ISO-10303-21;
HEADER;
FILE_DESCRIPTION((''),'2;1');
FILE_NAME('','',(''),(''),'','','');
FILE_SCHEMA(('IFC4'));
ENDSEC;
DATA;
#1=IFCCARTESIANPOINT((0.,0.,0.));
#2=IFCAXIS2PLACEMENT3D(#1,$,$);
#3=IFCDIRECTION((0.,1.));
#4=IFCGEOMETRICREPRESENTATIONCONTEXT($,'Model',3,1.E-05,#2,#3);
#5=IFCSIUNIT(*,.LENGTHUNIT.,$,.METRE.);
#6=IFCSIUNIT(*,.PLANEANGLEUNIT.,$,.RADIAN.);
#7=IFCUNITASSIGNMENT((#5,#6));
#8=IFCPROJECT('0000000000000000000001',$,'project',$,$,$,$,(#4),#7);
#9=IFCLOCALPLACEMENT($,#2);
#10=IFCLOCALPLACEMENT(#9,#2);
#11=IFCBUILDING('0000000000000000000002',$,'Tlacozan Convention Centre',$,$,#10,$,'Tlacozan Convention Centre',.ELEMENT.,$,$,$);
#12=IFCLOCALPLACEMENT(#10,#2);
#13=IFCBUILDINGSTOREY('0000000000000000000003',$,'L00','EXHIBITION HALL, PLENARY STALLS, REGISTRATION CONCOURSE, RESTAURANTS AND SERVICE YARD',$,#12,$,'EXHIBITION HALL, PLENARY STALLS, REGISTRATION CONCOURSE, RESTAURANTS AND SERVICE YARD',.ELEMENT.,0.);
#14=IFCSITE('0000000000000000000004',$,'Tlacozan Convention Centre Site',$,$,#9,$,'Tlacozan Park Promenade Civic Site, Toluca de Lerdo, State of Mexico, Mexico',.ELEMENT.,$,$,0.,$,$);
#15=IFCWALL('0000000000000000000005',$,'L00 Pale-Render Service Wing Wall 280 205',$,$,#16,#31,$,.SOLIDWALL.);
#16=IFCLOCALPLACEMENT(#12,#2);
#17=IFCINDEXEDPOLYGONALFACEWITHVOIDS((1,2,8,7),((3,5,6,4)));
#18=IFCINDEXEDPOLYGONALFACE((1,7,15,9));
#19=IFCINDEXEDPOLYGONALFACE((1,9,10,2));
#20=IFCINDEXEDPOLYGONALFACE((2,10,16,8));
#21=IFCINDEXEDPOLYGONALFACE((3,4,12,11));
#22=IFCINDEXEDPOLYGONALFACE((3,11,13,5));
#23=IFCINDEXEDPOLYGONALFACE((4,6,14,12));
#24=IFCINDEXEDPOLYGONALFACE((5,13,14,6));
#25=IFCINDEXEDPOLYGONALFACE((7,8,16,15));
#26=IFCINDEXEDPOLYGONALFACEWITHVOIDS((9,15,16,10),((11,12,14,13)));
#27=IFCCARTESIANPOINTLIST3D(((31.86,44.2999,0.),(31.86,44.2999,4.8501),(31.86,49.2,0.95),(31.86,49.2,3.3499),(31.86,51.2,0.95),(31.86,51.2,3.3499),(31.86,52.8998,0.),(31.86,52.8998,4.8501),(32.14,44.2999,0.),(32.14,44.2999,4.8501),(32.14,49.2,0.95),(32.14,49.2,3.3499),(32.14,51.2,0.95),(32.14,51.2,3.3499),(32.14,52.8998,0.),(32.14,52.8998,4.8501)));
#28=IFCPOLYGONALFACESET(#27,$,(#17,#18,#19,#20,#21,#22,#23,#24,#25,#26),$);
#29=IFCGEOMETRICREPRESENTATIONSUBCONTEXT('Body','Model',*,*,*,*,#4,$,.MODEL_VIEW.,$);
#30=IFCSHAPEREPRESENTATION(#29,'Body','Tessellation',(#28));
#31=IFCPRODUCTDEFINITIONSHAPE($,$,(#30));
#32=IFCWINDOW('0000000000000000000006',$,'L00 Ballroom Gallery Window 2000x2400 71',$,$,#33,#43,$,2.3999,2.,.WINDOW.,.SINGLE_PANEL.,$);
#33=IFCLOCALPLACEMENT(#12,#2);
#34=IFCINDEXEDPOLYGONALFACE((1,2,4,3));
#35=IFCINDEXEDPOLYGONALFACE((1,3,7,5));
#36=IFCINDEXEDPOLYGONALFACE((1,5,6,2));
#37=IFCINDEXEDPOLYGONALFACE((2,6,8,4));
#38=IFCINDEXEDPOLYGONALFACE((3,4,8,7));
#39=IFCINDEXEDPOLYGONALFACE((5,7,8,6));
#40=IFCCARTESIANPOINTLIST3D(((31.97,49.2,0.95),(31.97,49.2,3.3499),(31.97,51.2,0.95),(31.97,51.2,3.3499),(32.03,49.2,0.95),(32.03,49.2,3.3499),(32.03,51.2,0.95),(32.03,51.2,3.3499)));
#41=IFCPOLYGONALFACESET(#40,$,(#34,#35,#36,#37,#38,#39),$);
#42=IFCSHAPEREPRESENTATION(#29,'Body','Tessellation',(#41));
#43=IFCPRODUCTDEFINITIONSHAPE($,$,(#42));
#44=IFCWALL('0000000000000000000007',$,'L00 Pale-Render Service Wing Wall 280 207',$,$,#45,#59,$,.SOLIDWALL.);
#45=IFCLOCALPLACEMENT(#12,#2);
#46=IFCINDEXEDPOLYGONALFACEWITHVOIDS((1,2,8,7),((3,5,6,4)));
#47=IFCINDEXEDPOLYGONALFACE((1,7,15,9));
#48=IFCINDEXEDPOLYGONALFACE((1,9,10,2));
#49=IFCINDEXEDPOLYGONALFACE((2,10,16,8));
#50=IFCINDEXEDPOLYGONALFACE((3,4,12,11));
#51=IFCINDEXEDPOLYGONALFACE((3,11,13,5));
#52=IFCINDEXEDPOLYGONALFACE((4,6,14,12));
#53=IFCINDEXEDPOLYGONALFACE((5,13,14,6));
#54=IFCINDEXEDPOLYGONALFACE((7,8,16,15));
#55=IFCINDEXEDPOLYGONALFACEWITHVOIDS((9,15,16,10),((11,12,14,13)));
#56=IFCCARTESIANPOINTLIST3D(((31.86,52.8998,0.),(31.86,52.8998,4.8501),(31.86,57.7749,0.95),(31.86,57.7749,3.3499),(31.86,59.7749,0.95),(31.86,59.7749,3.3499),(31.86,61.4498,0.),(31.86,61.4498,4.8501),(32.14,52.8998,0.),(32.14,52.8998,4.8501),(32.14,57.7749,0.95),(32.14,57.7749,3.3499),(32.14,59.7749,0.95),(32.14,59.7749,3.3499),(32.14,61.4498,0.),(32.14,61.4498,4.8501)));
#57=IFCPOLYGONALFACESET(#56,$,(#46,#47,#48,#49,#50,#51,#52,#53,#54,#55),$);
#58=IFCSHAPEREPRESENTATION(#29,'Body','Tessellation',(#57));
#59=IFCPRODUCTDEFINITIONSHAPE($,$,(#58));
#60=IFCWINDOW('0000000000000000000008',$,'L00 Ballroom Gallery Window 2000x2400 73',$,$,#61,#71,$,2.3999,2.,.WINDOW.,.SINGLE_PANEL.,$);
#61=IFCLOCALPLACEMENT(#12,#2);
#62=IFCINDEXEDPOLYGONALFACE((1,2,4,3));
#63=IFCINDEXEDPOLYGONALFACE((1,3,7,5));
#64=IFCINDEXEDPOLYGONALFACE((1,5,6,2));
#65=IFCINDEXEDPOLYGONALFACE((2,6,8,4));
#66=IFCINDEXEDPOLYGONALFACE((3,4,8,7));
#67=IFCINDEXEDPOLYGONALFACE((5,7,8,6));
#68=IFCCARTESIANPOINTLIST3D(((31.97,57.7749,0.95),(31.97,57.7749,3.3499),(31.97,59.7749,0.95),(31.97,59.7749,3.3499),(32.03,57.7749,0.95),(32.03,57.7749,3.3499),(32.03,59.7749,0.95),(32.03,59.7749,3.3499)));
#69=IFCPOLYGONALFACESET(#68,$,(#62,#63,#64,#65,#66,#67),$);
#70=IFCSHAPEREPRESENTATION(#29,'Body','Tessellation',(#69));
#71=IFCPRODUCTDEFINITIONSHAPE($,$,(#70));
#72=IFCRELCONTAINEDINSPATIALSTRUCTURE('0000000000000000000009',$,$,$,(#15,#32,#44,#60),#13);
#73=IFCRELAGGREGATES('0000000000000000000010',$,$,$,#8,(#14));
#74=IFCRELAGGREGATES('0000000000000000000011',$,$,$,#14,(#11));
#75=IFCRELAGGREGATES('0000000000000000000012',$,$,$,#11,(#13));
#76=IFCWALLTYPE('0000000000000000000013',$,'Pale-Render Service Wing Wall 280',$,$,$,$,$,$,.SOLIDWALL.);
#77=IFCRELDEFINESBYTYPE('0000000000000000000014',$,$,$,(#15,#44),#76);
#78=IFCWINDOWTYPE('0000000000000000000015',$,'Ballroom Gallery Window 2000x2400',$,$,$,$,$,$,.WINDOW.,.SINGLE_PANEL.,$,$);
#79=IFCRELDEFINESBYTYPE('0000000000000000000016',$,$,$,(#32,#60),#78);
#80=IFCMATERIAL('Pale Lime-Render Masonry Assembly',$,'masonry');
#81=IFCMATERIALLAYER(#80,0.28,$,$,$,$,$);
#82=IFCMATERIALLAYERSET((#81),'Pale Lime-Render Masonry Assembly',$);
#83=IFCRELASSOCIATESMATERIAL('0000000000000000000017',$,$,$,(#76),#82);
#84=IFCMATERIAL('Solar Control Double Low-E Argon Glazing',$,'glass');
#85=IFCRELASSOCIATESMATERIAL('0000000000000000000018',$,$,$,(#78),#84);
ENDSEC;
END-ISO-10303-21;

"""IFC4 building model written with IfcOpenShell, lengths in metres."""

from ifc_helpers import new_model, si_unit, direction, frame, frame_2d, origin, place, context, subcontext, project, spatial, rectangle, extrude, material, layer, layer_set, type_object, element, fill, save


model = new_model("IFC4")

# Units and contexts
model_context = context("Model", 3, precision=1e-05, world=origin(), true_north=direction((0.0, 1.0)))
body_context = subcontext(model_context, "Body", "Model", "MODEL_VIEW")
ifc_project = project(units=[si_unit("LENGTHUNIT", "METRE"), si_unit("PLANEANGLEUNIT", "RADIAN")], contexts=[model_context])

# Site, building, storey
site_placement = place(None, origin())
site = spatial("IfcSite", under=ifc_project, at=site_placement, Name="Tlacozan Convention Centre Site", LongName="Tlacozan Park Promenade Civic Site, Toluca de Lerdo, State of Mexico, Mexico", CompositionType="ELEMENT", RefElevation=0.0)
building_placement = place(site_placement, origin())
building = spatial("IfcBuilding", under=site, at=building_placement, Name="Tlacozan Convention Centre", LongName="Tlacozan Convention Centre", CompositionType="ELEMENT")
storey_placement = place(building_placement, origin())
storey = spatial("IfcBuildingStorey", under=building, at=storey_placement, Name="L00", Description="EXHIBITION HALL, PLENARY STALLS, REGISTRATION CONCOURSE, RESTAURANTS AND SERVICE YARD", LongName="EXHIBITION HALL, PLENARY STALLS, REGISTRATION CONCOURSE, RESTAURANTS AND SERVICE YARD", CompositionType="ELEMENT", Elevation=0.0)

# Shared definitions
ifc_material_1 = material(Name="Solar Control Double Low-E Argon Glazing", Category="glass")

# Walls, openings, windows
ifc_material_2 = material(Name="Pale Lime-Render Masonry Assembly", Category="masonry")
ifc_layer_1 = layer(ifc_material_2, 0.28)
ifc_layer_set_1 = layer_set([ifc_layer_1], Name="Pale Lime-Render Masonry Assembly")
wall_type = type_object("IfcWallType", Name="Pale-Render Service Wing Wall 280", PredefinedType="SOLIDWALL", material=ifc_layer_set_1)
window_type = type_object("IfcWindowType", Name="Ballroom Gallery Window 2000x2400", PartitioningType="SINGLE_PANEL", PredefinedType="WINDOW", material=ifc_material_1)
wall_1_placement = place(storey_placement, frame((32.0, 44.3, 0.0), z_axis=(0.0, 0.0, 1.0), x_axis=(0.0, 1.0, 0.0)))
wall_1 = element("IfcWall", 1, at=wall_1_placement, inside=storey, type_object=wall_type, Name="L00 Pale-Render Service Wing Wall 280 205", PredefinedType="SOLIDWALL", context=body_context, shape_type="SweptSolid", body=[
    extrude(rectangle(XDim=8.5999, YDim=0.28, at=frame_2d((4.2998, 0.0))), origin(), (0.0, 0.0, 1.0), 4.8501),
])
opening_1_placement = place(wall_1_placement, frame((4.8999, 0.0, 0.95)))
opening_1 = element("IfcOpeningElement", 2, at=opening_1_placement, cuts=wall_1, PredefinedType="OPENING", context=body_context, shape_type="SweptSolid", body=[
    extrude(rectangle(XDim=2.0, YDim=2.3999, at=frame_2d((1.0, 1.2))), frame((0.0, 0.1499, 0.0), z_axis=(0.0, -1.0, 0.0), x_axis=(1.0, 0.0, 0.0)), (0.0, 0.0, 1.0), 0.3),
])
window_1_placement = place(opening_1_placement, origin())
window_1 = element("IfcWindow", 3, at=window_1_placement, inside=storey, type_object=window_type, Name="L00 Ballroom Gallery Window 2000x2400 71", OverallHeight=2.3999, OverallWidth=2.0, PartitioningType="SINGLE_PANEL", PredefinedType="WINDOW", context=body_context, shape_type="SweptSolid", body=[
    extrude(rectangle(XDim=2.0, YDim=2.3999, at=frame_2d((1.0, 1.2))), frame((0.0, 0.03, 0.0), z_axis=(0.0, -1.0, 0.0), x_axis=(1.0, 0.0, 0.0)), (0.0, 0.0, 1.0), 0.0601),
])
fill(opening_1, window_1)
wall_2_placement = place(storey_placement, frame((32.0, 52.8999, 0.0), z_axis=(0.0, 0.0, 1.0), x_axis=(0.0, 1.0, 0.0)))
wall_2 = element("IfcWall", 4, at=wall_2_placement, inside=storey, type_object=wall_type, Name="L00 Pale-Render Service Wing Wall 280 207", PredefinedType="SOLIDWALL", context=body_context, shape_type="SweptSolid", body=[
    extrude(rectangle(XDim=8.55, YDim=0.28, at=frame_2d((4.2749, 0.0))), origin(), (0.0, 0.0, 1.0), 4.8501),
])
opening_2_placement = place(wall_2_placement, frame((4.875, 0.0, 0.95)))
opening_2 = element("IfcOpeningElement", 5, at=opening_2_placement, cuts=wall_2, PredefinedType="OPENING", context=body_context, shape_type="SweptSolid", body=[
    extrude(rectangle(XDim=2.0, YDim=2.3999, at=frame_2d((1.0, 1.2))), frame((0.0, 0.1499, 0.0), z_axis=(0.0, -1.0, 0.0), x_axis=(1.0, 0.0, 0.0)), (0.0, 0.0, 1.0), 0.3),
])
window_2_placement = place(opening_2_placement, origin())
window_2 = element("IfcWindow", 6, at=window_2_placement, inside=storey, type_object=window_type, Name="L00 Ballroom Gallery Window 2000x2400 73", OverallHeight=2.3999, OverallWidth=2.0, PartitioningType="SINGLE_PANEL", PredefinedType="WINDOW", context=body_context, shape_type="SweptSolid", body=[
    extrude(rectangle(XDim=2.0, YDim=2.3999, at=frame_2d((1.0, 1.2))), frame((0.0, 0.03, 0.0), z_axis=(0.0, -1.0, 0.0), x_axis=(1.0, 0.0, 0.0)), (0.0, 0.0, 1.0), 0.0601),
])
fill(opening_2, window_2)

save(model, "model.ifc")
